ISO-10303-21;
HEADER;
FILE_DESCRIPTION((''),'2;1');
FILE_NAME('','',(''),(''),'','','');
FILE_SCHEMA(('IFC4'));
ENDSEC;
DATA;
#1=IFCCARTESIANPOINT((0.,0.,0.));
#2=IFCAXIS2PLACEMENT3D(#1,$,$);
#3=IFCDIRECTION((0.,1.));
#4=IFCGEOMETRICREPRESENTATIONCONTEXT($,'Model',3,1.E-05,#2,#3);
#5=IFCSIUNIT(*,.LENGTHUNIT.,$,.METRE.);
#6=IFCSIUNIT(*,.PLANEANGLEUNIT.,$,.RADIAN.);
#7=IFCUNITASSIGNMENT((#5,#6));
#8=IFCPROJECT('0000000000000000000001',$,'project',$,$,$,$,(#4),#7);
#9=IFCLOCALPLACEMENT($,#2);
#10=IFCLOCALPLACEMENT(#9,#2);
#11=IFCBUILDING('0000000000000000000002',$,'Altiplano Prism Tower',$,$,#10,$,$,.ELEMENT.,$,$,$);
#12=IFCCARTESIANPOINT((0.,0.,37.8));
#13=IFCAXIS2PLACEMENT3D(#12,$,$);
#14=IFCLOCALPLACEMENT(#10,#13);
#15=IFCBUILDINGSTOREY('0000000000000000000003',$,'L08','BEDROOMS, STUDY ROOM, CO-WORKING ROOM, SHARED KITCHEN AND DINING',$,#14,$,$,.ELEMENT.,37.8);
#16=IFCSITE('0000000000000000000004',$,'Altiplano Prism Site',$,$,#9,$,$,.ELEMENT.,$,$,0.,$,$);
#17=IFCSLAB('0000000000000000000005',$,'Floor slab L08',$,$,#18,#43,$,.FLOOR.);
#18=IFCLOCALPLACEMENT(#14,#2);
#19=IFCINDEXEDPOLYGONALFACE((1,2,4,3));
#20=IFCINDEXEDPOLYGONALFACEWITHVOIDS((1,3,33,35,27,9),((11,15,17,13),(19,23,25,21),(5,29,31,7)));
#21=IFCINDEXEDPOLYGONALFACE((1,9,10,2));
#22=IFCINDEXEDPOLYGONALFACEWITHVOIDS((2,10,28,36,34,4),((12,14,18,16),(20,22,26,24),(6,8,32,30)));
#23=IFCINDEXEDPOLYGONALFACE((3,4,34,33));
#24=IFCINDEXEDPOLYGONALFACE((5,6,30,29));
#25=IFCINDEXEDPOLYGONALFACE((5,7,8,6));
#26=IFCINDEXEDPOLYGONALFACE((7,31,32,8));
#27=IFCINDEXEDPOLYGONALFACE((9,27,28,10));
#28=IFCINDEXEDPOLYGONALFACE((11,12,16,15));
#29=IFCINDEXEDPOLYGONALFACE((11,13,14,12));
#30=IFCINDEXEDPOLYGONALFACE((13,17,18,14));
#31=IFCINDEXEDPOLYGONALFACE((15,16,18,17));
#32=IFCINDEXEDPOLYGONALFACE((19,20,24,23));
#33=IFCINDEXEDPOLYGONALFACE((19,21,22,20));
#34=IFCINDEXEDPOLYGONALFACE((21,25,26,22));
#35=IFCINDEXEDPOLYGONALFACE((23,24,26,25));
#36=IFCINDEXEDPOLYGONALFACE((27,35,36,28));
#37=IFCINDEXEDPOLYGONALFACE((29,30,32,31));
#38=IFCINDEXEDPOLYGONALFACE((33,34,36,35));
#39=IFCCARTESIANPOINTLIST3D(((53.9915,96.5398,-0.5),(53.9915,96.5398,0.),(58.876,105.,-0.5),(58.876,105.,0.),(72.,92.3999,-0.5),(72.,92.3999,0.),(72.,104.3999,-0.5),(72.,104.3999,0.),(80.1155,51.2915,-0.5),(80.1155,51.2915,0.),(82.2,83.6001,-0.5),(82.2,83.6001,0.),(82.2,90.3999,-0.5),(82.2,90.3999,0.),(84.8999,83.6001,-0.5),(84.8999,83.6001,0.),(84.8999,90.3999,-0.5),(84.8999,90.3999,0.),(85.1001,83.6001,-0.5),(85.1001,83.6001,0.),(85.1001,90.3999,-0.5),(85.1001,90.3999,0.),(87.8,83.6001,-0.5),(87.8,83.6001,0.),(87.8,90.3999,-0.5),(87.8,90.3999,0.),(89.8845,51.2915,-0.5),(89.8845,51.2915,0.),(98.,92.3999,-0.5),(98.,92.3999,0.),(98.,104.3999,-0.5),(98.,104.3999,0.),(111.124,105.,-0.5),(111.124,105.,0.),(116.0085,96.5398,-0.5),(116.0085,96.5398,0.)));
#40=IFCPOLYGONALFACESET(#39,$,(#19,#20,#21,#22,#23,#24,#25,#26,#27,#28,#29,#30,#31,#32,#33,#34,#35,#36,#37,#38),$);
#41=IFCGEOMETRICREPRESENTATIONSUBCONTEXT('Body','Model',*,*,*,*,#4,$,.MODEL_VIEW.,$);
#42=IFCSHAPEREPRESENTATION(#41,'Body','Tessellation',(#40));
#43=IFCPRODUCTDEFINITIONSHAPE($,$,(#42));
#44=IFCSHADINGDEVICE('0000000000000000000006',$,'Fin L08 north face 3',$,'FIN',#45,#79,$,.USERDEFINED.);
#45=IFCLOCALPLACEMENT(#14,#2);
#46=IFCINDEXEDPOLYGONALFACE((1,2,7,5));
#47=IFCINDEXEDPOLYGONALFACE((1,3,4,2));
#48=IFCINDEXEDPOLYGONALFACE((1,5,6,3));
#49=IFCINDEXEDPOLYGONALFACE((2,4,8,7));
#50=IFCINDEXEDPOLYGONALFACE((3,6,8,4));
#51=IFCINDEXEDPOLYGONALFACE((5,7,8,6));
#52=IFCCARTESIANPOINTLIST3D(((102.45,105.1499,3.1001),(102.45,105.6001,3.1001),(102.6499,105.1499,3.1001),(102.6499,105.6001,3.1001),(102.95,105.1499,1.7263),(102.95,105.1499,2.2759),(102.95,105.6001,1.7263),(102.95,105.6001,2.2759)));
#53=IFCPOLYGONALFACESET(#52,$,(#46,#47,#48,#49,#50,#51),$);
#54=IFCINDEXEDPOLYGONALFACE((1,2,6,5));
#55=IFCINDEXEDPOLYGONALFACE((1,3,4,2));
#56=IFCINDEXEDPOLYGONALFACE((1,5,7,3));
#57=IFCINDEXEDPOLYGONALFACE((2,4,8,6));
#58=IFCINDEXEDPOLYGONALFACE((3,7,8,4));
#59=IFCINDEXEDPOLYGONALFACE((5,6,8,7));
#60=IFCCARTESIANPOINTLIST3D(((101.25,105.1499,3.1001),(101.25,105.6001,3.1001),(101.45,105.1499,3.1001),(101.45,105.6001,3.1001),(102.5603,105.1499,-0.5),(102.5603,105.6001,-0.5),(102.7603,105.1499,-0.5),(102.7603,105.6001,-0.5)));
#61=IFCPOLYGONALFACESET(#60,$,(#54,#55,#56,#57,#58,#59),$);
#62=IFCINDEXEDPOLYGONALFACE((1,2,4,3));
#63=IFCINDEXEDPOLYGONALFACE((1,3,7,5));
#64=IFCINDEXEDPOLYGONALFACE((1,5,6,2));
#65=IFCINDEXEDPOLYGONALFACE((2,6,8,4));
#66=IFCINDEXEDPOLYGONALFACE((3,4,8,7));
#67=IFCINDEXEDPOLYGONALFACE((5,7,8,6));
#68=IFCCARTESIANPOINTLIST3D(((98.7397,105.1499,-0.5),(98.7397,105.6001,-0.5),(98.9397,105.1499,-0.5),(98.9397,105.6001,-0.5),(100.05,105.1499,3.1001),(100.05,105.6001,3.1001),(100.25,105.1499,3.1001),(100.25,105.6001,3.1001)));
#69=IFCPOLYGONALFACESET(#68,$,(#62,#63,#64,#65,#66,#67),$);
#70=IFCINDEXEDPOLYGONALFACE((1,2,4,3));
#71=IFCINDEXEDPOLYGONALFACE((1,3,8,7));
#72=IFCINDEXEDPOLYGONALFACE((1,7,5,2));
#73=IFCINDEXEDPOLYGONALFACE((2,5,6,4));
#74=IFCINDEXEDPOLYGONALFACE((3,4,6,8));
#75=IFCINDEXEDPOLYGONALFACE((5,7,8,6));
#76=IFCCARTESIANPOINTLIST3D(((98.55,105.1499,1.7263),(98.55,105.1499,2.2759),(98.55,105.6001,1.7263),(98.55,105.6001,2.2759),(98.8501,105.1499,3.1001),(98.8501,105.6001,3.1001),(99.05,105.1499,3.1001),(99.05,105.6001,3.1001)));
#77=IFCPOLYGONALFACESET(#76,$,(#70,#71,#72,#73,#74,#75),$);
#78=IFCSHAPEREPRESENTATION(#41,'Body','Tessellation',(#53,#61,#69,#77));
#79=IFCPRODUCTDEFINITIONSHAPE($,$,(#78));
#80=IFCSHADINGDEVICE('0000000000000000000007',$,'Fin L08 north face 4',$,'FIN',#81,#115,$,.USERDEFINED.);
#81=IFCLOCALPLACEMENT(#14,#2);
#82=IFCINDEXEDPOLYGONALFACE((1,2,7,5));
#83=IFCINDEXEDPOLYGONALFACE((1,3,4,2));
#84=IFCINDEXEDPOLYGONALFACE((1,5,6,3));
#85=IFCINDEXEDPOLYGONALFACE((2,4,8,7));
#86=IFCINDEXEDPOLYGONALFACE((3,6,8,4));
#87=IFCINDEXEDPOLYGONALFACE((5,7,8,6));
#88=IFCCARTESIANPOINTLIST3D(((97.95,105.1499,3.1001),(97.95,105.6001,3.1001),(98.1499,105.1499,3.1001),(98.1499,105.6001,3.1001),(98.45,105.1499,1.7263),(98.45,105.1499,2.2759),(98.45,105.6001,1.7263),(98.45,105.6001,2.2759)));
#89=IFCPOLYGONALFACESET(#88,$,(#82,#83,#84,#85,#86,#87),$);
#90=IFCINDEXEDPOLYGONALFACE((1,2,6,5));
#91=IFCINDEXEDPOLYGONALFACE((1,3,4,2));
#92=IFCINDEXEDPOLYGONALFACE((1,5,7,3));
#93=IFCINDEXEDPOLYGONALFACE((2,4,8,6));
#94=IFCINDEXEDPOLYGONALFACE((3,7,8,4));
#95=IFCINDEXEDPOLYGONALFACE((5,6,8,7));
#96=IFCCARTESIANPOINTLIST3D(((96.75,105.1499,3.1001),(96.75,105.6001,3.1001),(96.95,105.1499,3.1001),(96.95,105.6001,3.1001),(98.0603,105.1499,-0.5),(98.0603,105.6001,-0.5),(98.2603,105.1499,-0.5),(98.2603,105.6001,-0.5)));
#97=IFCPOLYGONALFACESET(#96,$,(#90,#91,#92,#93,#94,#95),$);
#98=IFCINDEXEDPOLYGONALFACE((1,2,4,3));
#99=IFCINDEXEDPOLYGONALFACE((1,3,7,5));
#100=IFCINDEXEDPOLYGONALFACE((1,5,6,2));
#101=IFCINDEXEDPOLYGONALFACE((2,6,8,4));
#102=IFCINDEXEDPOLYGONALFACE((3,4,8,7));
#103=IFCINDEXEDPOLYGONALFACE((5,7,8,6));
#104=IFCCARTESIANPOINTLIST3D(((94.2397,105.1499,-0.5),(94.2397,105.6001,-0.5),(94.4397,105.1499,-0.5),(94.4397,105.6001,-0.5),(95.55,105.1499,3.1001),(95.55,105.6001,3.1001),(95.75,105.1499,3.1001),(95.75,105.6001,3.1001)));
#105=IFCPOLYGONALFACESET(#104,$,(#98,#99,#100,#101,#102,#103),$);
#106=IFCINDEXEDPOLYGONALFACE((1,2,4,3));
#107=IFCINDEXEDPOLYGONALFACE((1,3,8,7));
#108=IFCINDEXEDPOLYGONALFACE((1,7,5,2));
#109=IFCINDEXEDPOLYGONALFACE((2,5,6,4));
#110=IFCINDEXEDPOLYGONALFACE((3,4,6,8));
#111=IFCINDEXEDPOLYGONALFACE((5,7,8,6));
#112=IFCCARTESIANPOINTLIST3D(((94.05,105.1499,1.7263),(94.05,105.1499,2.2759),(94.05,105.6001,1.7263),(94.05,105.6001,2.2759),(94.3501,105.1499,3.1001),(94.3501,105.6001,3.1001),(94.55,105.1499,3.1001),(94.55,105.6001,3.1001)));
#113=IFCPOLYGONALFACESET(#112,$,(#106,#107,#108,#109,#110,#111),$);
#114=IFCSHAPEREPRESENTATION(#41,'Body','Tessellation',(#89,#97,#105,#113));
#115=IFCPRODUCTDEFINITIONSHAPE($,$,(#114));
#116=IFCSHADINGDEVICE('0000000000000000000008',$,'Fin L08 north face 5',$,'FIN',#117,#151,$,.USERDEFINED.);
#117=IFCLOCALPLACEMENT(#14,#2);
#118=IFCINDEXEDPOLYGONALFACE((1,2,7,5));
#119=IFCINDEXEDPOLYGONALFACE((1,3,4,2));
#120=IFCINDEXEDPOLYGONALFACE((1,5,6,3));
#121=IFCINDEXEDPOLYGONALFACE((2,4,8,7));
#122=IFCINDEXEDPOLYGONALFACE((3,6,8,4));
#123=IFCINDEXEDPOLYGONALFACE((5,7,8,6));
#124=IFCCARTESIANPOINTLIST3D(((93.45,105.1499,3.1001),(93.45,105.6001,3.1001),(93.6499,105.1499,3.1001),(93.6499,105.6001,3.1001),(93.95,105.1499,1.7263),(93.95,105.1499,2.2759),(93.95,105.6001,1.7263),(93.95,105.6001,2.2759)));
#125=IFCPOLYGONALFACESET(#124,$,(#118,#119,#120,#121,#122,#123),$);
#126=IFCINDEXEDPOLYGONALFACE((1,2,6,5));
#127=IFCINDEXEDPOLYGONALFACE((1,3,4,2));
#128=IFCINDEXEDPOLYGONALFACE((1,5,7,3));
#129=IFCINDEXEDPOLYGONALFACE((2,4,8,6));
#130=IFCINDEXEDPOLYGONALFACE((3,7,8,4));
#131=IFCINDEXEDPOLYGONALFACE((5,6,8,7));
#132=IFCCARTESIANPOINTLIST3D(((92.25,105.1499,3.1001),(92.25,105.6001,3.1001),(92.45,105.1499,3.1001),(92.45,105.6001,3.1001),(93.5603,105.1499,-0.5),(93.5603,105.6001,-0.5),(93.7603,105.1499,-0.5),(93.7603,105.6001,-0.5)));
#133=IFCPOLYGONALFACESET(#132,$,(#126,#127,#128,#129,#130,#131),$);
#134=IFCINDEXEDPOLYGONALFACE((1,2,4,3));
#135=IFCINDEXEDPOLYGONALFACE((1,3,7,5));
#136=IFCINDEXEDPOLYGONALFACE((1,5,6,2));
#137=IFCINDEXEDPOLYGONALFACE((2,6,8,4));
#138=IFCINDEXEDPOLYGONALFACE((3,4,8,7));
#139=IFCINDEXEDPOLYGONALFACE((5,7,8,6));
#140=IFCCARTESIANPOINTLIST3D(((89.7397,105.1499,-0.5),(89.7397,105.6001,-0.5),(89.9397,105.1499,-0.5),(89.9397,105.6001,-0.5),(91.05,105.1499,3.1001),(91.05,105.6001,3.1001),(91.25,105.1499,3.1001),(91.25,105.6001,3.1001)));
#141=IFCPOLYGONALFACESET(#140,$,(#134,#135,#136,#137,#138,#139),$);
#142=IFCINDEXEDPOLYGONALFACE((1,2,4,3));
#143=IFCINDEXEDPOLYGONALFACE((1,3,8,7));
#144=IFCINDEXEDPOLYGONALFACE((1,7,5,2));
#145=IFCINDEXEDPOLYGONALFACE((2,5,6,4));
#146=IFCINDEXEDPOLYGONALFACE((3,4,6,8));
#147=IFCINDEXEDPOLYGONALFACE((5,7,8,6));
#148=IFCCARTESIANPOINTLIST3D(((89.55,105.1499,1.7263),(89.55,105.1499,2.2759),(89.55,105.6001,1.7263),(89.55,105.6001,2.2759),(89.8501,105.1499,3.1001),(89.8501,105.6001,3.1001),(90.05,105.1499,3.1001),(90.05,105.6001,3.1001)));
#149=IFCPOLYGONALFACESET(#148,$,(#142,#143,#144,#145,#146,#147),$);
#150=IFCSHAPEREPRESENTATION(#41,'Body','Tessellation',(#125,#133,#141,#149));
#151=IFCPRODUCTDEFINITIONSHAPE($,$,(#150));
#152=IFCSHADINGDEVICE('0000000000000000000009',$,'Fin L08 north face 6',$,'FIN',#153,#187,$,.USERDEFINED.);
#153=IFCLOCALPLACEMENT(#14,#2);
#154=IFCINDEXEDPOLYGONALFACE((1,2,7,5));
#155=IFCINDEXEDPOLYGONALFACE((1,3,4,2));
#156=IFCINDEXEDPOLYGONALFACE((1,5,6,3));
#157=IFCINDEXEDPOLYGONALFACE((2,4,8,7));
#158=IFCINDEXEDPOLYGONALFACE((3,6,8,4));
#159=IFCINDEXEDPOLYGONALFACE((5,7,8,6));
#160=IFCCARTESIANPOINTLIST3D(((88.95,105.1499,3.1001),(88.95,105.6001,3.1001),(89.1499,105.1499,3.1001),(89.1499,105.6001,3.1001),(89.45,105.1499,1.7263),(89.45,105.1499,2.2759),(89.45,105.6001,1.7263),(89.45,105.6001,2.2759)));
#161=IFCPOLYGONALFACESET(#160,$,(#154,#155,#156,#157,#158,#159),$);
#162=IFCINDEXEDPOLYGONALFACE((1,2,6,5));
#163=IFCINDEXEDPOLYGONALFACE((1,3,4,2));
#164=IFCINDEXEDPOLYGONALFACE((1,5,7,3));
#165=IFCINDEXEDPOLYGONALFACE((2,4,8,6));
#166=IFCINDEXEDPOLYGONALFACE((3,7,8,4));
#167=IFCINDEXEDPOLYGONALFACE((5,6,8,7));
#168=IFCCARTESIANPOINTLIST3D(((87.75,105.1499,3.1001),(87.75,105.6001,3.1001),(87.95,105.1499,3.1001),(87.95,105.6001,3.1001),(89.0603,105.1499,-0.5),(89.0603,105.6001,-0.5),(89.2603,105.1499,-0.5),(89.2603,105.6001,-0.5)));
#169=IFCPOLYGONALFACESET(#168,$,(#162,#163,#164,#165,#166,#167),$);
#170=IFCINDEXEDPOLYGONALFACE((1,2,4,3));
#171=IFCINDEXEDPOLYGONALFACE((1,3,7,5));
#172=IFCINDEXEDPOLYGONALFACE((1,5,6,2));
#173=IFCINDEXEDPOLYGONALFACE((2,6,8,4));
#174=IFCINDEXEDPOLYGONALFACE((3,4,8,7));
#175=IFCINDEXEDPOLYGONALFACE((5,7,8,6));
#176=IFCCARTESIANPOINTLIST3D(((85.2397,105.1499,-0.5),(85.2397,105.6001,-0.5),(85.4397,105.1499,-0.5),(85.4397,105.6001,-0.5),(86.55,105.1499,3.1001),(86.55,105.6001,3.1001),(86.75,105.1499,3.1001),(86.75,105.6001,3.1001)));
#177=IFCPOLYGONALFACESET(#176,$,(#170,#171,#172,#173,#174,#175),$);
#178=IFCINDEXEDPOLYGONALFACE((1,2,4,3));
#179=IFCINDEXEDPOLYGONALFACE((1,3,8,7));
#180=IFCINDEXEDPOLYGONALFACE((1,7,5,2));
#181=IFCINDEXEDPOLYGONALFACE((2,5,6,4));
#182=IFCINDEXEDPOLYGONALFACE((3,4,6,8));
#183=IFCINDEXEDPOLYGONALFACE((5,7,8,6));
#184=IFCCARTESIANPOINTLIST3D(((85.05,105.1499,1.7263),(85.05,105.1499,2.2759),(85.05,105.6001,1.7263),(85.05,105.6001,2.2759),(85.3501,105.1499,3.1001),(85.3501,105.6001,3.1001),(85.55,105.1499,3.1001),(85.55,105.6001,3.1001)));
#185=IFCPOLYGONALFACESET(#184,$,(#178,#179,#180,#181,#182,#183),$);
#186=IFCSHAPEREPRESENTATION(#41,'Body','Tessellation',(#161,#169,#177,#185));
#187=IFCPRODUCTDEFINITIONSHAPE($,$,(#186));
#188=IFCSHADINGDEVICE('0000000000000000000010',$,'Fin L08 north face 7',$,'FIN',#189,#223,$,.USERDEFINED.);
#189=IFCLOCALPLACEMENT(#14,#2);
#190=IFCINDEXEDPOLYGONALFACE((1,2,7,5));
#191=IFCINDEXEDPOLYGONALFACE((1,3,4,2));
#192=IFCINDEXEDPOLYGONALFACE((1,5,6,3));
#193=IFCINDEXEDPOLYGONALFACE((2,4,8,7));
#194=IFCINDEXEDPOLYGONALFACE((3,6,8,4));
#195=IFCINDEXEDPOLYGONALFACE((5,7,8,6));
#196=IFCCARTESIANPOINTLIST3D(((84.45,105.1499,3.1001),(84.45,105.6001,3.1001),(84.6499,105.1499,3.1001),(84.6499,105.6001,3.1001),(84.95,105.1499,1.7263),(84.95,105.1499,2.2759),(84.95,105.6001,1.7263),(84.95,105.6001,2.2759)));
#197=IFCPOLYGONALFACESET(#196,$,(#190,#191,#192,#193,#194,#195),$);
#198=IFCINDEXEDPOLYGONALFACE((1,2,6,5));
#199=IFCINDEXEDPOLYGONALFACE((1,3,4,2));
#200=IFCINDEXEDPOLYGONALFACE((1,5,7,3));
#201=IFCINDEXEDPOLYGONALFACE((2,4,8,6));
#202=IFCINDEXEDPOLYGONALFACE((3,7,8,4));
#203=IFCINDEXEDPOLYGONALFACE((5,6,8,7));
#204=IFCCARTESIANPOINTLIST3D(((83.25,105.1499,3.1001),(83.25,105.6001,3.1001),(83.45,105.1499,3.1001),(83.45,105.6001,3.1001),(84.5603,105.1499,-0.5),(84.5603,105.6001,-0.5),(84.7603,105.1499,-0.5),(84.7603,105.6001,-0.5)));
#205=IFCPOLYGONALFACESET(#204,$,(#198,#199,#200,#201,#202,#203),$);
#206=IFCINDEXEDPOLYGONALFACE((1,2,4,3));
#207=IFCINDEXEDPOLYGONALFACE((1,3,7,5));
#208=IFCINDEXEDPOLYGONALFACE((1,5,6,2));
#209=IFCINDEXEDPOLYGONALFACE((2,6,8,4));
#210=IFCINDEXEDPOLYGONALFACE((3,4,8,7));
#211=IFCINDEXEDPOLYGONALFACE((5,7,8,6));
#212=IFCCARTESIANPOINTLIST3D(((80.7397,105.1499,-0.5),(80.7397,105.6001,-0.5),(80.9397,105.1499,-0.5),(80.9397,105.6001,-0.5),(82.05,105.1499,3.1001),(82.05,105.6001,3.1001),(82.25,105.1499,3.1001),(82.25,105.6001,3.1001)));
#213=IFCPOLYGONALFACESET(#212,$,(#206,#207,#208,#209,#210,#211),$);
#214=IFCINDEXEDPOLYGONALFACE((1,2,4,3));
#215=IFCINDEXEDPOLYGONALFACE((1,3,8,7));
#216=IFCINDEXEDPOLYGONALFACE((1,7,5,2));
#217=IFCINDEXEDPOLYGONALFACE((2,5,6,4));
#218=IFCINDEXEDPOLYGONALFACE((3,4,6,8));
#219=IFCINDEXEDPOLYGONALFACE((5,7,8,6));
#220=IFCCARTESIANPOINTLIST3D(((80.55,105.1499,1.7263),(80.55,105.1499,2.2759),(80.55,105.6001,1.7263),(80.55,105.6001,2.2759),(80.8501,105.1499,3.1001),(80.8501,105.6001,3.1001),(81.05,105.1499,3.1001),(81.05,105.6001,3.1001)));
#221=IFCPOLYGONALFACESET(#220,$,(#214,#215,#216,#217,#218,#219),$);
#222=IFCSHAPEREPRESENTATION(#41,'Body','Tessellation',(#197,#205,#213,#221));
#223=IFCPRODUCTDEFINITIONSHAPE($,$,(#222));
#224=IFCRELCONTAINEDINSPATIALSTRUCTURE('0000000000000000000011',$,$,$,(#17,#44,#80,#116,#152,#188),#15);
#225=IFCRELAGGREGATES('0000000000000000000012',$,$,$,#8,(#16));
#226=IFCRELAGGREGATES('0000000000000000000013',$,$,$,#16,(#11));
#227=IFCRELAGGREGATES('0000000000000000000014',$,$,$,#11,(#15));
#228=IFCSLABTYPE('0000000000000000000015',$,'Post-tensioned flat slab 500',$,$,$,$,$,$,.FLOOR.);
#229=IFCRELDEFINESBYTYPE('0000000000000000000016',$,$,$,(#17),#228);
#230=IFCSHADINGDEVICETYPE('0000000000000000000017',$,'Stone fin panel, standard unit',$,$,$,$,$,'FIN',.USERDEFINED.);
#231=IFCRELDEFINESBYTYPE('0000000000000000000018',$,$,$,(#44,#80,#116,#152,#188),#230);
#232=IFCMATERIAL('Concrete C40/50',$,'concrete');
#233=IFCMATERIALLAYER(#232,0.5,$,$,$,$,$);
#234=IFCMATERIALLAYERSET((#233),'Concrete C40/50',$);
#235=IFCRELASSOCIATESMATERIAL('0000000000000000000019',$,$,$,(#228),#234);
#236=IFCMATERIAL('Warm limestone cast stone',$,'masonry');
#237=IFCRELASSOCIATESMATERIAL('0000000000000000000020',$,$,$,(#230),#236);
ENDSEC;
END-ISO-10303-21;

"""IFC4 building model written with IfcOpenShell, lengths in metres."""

from ifc_helpers import new_model, si_unit, direction, frame, origin, place, context, subcontext, project, spatial, polyline, outline, extrude, source, transform, mapped, material, layer, layer_set, type_object, element, save


model = new_model("IFC4")

# Units and contexts
model_context = context("Model", 3, precision=1e-05, world=origin(), true_north=direction((0.0, 1.0)))
body_context = subcontext(model_context, "Body", "Model", "MODEL_VIEW")
ifc_project = project(units=[si_unit("LENGTHUNIT", "METRE"), si_unit("PLANEANGLEUNIT", "RADIAN")], contexts=[model_context])

# Site, building, storey
site_placement = place(None, origin())
site = spatial("IfcSite", under=ifc_project, at=site_placement, Name="Altiplano Prism Site", CompositionType="ELEMENT", RefElevation=0.0)
building_placement = place(site_placement, origin())
building = spatial("IfcBuilding", under=site, at=building_placement, Name="Altiplano Prism Tower", CompositionType="ELEMENT")
storey_placement = place(building_placement, frame((0.0, 0.0, 37.8)))
storey = spatial("IfcBuildingStorey", under=building, at=storey_placement, Name="L08", Description="BEDROOMS, STUDY ROOM, CO-WORKING ROOM, SHARED KITCHEN AND DINING", CompositionType="ELEMENT", Elevation=37.8)

# Slab
ifc_material_1 = material(Name="Concrete C40/50", Category="concrete")
ifc_layer = layer(ifc_material_1, 0.5)
ifc_layer_set = layer_set([ifc_layer], Name="Concrete C40/50")
slab_type = type_object("IfcSlabType", Name="Post-tensioned flat slab 500", PredefinedType="FLOOR", material=ifc_layer_set)
slab_placement = place(storey_placement, frame((0.0, 0.0, -0.5)))
element("IfcSlab", 1, at=slab_placement, inside=storey, type_object=slab_type, Name="Floor slab L08", PredefinedType="FLOOR", context=body_context, shape_type="SweptSolid", body=[
    extrude(outline(polyline([(80.1155, 51.2915), (53.9915, 96.5398), (58.876, 105.0), (111.124, 105.0), (116.0085, 96.5398), (89.8845, 51.2915), (80.1155, 51.2915)]), holes=[polyline([(72.0, 104.3999), (72.0, 92.3999), (98.0, 92.3999), (98.0, 104.3999), (72.0, 104.3999)]), polyline([(84.8999, 90.3999), (82.2, 90.3999), (82.2, 83.6001), (84.8999, 83.6001), (84.8999, 90.3999)]), polyline([(87.8, 83.6001), (87.8, 90.3999), (85.1001, 90.3999), (85.1001, 83.6001), (87.8, 83.6001)])]), origin(), (0.0, 0.0, 1.0), 0.5),
])

# Shading devices
ifc_material_2 = material(Name="Warm limestone cast stone", Category="masonry")
shading_device_type_1 = type_object("IfcShadingDeviceType", Name="Stone fin panel, standard unit", ElementType="FIN", PredefinedType="USERDEFINED", material=ifc_material_2)
shared_shape_1 = source(origin(), body_context, "Body", "SweptSolid", [
    extrude(outline(polyline([(-2.2, 2.2263), (-1.7, 3.6001), (-1.8999, 3.6001), (-2.2, 2.7759), (-2.2, 2.2263)])), frame((0.0, -0.1499, 0.0), z_axis=(0.0, -1.0, 0.0), x_axis=(1.0, 0.0, 0.0)), (0.0, 0.0, 1.0), 0.4502),
    extrude(outline(polyline([(-2.0103, 0.0), (-1.8103, 0.0), (-0.5, 3.6001), (-0.7, 3.6001), (-2.0103, 0.0)])), frame((0.0, -0.1499, 0.0), z_axis=(0.0, -1.0, 0.0), x_axis=(1.0, 0.0, 0.0)), (0.0, 0.0, 1.0), 0.4502),
    extrude(outline(polyline([(1.8103, 0.0), (2.0103, 0.0), (0.7, 3.6001), (0.5, 3.6001), (1.8103, 0.0)])), frame((0.0, -0.1499, 0.0), z_axis=(0.0, -1.0, 0.0), x_axis=(1.0, 0.0, 0.0)), (0.0, 0.0, 1.0), 0.4502),
    extrude(outline(polyline([(2.2, 2.7759), (1.8999, 3.6001), (1.7, 3.6001), (2.2, 2.2263), (2.2, 2.7759)])), frame((0.0, -0.1499, 0.0), z_axis=(0.0, -1.0, 0.0), x_axis=(1.0, 0.0, 0.0)), (0.0, 0.0, 1.0), 0.4502),
])
shading_device_1_placement = place(storey_placement, origin())
element("IfcShadingDevice", 2, at=shading_device_1_placement, inside=storey, type_object=shading_device_type_1, Name="Fin L08 north face 3", ObjectType="FIN", PredefinedType="USERDEFINED", context=body_context, shape_type="MappedRepresentation", body=[
    mapped(shared_shape_1, transform((100.75, 105.0, -0.5), x_axis=(-1.0, 0.0, 0.0), y_axis=(0.0, -1.0, 0.0), z_axis=(0.0, 0.0, 1.0))),
])
shading_device_2_placement = place(storey_placement, origin())
element("IfcShadingDevice", 3, at=shading_device_2_placement, inside=storey, type_object=shading_device_type_1, Name="Fin L08 north face 4", ObjectType="FIN", PredefinedType="USERDEFINED", context=body_context, shape_type="MappedRepresentation", body=[
    mapped(shared_shape_1, transform((96.25, 105.0, -0.5), x_axis=(-1.0, 0.0, 0.0), y_axis=(0.0, -1.0, 0.0), z_axis=(0.0, 0.0, 1.0))),
])
shading_device_3_placement = place(storey_placement, origin())
element("IfcShadingDevice", 4, at=shading_device_3_placement, inside=storey, type_object=shading_device_type_1, Name="Fin L08 north face 5", ObjectType="FIN", PredefinedType="USERDEFINED", context=body_context, shape_type="MappedRepresentation", body=[
    mapped(shared_shape_1, transform((91.75, 105.0, -0.5), x_axis=(-1.0, 0.0, 0.0), y_axis=(0.0, -1.0, 0.0), z_axis=(0.0, 0.0, 1.0))),
])
shading_device_4_placement = place(storey_placement, origin())
element("IfcShadingDevice", 5, at=shading_device_4_placement, inside=storey, type_object=shading_device_type_1, Name="Fin L08 north face 6", ObjectType="FIN", PredefinedType="USERDEFINED", context=body_context, shape_type="MappedRepresentation", body=[
    mapped(shared_shape_1, transform((87.25, 105.0, -0.5), x_axis=(-1.0, 0.0, 0.0), y_axis=(0.0, -1.0, 0.0), z_axis=(0.0, 0.0, 1.0))),
])
shading_device_5_placement = place(storey_placement, origin())
element("IfcShadingDevice", 6, at=shading_device_5_placement, inside=storey, type_object=shading_device_type_1, Name="Fin L08 north face 7", ObjectType="FIN", PredefinedType="USERDEFINED", context=body_context, shape_type="MappedRepresentation", body=[
    mapped(shared_shape_1, transform((82.75, 105.0, -0.5), x_axis=(-1.0, 0.0, 0.0), y_axis=(0.0, -1.0, 0.0), z_axis=(0.0, 0.0, 1.0))),
])

save(model, "model.ifc")
